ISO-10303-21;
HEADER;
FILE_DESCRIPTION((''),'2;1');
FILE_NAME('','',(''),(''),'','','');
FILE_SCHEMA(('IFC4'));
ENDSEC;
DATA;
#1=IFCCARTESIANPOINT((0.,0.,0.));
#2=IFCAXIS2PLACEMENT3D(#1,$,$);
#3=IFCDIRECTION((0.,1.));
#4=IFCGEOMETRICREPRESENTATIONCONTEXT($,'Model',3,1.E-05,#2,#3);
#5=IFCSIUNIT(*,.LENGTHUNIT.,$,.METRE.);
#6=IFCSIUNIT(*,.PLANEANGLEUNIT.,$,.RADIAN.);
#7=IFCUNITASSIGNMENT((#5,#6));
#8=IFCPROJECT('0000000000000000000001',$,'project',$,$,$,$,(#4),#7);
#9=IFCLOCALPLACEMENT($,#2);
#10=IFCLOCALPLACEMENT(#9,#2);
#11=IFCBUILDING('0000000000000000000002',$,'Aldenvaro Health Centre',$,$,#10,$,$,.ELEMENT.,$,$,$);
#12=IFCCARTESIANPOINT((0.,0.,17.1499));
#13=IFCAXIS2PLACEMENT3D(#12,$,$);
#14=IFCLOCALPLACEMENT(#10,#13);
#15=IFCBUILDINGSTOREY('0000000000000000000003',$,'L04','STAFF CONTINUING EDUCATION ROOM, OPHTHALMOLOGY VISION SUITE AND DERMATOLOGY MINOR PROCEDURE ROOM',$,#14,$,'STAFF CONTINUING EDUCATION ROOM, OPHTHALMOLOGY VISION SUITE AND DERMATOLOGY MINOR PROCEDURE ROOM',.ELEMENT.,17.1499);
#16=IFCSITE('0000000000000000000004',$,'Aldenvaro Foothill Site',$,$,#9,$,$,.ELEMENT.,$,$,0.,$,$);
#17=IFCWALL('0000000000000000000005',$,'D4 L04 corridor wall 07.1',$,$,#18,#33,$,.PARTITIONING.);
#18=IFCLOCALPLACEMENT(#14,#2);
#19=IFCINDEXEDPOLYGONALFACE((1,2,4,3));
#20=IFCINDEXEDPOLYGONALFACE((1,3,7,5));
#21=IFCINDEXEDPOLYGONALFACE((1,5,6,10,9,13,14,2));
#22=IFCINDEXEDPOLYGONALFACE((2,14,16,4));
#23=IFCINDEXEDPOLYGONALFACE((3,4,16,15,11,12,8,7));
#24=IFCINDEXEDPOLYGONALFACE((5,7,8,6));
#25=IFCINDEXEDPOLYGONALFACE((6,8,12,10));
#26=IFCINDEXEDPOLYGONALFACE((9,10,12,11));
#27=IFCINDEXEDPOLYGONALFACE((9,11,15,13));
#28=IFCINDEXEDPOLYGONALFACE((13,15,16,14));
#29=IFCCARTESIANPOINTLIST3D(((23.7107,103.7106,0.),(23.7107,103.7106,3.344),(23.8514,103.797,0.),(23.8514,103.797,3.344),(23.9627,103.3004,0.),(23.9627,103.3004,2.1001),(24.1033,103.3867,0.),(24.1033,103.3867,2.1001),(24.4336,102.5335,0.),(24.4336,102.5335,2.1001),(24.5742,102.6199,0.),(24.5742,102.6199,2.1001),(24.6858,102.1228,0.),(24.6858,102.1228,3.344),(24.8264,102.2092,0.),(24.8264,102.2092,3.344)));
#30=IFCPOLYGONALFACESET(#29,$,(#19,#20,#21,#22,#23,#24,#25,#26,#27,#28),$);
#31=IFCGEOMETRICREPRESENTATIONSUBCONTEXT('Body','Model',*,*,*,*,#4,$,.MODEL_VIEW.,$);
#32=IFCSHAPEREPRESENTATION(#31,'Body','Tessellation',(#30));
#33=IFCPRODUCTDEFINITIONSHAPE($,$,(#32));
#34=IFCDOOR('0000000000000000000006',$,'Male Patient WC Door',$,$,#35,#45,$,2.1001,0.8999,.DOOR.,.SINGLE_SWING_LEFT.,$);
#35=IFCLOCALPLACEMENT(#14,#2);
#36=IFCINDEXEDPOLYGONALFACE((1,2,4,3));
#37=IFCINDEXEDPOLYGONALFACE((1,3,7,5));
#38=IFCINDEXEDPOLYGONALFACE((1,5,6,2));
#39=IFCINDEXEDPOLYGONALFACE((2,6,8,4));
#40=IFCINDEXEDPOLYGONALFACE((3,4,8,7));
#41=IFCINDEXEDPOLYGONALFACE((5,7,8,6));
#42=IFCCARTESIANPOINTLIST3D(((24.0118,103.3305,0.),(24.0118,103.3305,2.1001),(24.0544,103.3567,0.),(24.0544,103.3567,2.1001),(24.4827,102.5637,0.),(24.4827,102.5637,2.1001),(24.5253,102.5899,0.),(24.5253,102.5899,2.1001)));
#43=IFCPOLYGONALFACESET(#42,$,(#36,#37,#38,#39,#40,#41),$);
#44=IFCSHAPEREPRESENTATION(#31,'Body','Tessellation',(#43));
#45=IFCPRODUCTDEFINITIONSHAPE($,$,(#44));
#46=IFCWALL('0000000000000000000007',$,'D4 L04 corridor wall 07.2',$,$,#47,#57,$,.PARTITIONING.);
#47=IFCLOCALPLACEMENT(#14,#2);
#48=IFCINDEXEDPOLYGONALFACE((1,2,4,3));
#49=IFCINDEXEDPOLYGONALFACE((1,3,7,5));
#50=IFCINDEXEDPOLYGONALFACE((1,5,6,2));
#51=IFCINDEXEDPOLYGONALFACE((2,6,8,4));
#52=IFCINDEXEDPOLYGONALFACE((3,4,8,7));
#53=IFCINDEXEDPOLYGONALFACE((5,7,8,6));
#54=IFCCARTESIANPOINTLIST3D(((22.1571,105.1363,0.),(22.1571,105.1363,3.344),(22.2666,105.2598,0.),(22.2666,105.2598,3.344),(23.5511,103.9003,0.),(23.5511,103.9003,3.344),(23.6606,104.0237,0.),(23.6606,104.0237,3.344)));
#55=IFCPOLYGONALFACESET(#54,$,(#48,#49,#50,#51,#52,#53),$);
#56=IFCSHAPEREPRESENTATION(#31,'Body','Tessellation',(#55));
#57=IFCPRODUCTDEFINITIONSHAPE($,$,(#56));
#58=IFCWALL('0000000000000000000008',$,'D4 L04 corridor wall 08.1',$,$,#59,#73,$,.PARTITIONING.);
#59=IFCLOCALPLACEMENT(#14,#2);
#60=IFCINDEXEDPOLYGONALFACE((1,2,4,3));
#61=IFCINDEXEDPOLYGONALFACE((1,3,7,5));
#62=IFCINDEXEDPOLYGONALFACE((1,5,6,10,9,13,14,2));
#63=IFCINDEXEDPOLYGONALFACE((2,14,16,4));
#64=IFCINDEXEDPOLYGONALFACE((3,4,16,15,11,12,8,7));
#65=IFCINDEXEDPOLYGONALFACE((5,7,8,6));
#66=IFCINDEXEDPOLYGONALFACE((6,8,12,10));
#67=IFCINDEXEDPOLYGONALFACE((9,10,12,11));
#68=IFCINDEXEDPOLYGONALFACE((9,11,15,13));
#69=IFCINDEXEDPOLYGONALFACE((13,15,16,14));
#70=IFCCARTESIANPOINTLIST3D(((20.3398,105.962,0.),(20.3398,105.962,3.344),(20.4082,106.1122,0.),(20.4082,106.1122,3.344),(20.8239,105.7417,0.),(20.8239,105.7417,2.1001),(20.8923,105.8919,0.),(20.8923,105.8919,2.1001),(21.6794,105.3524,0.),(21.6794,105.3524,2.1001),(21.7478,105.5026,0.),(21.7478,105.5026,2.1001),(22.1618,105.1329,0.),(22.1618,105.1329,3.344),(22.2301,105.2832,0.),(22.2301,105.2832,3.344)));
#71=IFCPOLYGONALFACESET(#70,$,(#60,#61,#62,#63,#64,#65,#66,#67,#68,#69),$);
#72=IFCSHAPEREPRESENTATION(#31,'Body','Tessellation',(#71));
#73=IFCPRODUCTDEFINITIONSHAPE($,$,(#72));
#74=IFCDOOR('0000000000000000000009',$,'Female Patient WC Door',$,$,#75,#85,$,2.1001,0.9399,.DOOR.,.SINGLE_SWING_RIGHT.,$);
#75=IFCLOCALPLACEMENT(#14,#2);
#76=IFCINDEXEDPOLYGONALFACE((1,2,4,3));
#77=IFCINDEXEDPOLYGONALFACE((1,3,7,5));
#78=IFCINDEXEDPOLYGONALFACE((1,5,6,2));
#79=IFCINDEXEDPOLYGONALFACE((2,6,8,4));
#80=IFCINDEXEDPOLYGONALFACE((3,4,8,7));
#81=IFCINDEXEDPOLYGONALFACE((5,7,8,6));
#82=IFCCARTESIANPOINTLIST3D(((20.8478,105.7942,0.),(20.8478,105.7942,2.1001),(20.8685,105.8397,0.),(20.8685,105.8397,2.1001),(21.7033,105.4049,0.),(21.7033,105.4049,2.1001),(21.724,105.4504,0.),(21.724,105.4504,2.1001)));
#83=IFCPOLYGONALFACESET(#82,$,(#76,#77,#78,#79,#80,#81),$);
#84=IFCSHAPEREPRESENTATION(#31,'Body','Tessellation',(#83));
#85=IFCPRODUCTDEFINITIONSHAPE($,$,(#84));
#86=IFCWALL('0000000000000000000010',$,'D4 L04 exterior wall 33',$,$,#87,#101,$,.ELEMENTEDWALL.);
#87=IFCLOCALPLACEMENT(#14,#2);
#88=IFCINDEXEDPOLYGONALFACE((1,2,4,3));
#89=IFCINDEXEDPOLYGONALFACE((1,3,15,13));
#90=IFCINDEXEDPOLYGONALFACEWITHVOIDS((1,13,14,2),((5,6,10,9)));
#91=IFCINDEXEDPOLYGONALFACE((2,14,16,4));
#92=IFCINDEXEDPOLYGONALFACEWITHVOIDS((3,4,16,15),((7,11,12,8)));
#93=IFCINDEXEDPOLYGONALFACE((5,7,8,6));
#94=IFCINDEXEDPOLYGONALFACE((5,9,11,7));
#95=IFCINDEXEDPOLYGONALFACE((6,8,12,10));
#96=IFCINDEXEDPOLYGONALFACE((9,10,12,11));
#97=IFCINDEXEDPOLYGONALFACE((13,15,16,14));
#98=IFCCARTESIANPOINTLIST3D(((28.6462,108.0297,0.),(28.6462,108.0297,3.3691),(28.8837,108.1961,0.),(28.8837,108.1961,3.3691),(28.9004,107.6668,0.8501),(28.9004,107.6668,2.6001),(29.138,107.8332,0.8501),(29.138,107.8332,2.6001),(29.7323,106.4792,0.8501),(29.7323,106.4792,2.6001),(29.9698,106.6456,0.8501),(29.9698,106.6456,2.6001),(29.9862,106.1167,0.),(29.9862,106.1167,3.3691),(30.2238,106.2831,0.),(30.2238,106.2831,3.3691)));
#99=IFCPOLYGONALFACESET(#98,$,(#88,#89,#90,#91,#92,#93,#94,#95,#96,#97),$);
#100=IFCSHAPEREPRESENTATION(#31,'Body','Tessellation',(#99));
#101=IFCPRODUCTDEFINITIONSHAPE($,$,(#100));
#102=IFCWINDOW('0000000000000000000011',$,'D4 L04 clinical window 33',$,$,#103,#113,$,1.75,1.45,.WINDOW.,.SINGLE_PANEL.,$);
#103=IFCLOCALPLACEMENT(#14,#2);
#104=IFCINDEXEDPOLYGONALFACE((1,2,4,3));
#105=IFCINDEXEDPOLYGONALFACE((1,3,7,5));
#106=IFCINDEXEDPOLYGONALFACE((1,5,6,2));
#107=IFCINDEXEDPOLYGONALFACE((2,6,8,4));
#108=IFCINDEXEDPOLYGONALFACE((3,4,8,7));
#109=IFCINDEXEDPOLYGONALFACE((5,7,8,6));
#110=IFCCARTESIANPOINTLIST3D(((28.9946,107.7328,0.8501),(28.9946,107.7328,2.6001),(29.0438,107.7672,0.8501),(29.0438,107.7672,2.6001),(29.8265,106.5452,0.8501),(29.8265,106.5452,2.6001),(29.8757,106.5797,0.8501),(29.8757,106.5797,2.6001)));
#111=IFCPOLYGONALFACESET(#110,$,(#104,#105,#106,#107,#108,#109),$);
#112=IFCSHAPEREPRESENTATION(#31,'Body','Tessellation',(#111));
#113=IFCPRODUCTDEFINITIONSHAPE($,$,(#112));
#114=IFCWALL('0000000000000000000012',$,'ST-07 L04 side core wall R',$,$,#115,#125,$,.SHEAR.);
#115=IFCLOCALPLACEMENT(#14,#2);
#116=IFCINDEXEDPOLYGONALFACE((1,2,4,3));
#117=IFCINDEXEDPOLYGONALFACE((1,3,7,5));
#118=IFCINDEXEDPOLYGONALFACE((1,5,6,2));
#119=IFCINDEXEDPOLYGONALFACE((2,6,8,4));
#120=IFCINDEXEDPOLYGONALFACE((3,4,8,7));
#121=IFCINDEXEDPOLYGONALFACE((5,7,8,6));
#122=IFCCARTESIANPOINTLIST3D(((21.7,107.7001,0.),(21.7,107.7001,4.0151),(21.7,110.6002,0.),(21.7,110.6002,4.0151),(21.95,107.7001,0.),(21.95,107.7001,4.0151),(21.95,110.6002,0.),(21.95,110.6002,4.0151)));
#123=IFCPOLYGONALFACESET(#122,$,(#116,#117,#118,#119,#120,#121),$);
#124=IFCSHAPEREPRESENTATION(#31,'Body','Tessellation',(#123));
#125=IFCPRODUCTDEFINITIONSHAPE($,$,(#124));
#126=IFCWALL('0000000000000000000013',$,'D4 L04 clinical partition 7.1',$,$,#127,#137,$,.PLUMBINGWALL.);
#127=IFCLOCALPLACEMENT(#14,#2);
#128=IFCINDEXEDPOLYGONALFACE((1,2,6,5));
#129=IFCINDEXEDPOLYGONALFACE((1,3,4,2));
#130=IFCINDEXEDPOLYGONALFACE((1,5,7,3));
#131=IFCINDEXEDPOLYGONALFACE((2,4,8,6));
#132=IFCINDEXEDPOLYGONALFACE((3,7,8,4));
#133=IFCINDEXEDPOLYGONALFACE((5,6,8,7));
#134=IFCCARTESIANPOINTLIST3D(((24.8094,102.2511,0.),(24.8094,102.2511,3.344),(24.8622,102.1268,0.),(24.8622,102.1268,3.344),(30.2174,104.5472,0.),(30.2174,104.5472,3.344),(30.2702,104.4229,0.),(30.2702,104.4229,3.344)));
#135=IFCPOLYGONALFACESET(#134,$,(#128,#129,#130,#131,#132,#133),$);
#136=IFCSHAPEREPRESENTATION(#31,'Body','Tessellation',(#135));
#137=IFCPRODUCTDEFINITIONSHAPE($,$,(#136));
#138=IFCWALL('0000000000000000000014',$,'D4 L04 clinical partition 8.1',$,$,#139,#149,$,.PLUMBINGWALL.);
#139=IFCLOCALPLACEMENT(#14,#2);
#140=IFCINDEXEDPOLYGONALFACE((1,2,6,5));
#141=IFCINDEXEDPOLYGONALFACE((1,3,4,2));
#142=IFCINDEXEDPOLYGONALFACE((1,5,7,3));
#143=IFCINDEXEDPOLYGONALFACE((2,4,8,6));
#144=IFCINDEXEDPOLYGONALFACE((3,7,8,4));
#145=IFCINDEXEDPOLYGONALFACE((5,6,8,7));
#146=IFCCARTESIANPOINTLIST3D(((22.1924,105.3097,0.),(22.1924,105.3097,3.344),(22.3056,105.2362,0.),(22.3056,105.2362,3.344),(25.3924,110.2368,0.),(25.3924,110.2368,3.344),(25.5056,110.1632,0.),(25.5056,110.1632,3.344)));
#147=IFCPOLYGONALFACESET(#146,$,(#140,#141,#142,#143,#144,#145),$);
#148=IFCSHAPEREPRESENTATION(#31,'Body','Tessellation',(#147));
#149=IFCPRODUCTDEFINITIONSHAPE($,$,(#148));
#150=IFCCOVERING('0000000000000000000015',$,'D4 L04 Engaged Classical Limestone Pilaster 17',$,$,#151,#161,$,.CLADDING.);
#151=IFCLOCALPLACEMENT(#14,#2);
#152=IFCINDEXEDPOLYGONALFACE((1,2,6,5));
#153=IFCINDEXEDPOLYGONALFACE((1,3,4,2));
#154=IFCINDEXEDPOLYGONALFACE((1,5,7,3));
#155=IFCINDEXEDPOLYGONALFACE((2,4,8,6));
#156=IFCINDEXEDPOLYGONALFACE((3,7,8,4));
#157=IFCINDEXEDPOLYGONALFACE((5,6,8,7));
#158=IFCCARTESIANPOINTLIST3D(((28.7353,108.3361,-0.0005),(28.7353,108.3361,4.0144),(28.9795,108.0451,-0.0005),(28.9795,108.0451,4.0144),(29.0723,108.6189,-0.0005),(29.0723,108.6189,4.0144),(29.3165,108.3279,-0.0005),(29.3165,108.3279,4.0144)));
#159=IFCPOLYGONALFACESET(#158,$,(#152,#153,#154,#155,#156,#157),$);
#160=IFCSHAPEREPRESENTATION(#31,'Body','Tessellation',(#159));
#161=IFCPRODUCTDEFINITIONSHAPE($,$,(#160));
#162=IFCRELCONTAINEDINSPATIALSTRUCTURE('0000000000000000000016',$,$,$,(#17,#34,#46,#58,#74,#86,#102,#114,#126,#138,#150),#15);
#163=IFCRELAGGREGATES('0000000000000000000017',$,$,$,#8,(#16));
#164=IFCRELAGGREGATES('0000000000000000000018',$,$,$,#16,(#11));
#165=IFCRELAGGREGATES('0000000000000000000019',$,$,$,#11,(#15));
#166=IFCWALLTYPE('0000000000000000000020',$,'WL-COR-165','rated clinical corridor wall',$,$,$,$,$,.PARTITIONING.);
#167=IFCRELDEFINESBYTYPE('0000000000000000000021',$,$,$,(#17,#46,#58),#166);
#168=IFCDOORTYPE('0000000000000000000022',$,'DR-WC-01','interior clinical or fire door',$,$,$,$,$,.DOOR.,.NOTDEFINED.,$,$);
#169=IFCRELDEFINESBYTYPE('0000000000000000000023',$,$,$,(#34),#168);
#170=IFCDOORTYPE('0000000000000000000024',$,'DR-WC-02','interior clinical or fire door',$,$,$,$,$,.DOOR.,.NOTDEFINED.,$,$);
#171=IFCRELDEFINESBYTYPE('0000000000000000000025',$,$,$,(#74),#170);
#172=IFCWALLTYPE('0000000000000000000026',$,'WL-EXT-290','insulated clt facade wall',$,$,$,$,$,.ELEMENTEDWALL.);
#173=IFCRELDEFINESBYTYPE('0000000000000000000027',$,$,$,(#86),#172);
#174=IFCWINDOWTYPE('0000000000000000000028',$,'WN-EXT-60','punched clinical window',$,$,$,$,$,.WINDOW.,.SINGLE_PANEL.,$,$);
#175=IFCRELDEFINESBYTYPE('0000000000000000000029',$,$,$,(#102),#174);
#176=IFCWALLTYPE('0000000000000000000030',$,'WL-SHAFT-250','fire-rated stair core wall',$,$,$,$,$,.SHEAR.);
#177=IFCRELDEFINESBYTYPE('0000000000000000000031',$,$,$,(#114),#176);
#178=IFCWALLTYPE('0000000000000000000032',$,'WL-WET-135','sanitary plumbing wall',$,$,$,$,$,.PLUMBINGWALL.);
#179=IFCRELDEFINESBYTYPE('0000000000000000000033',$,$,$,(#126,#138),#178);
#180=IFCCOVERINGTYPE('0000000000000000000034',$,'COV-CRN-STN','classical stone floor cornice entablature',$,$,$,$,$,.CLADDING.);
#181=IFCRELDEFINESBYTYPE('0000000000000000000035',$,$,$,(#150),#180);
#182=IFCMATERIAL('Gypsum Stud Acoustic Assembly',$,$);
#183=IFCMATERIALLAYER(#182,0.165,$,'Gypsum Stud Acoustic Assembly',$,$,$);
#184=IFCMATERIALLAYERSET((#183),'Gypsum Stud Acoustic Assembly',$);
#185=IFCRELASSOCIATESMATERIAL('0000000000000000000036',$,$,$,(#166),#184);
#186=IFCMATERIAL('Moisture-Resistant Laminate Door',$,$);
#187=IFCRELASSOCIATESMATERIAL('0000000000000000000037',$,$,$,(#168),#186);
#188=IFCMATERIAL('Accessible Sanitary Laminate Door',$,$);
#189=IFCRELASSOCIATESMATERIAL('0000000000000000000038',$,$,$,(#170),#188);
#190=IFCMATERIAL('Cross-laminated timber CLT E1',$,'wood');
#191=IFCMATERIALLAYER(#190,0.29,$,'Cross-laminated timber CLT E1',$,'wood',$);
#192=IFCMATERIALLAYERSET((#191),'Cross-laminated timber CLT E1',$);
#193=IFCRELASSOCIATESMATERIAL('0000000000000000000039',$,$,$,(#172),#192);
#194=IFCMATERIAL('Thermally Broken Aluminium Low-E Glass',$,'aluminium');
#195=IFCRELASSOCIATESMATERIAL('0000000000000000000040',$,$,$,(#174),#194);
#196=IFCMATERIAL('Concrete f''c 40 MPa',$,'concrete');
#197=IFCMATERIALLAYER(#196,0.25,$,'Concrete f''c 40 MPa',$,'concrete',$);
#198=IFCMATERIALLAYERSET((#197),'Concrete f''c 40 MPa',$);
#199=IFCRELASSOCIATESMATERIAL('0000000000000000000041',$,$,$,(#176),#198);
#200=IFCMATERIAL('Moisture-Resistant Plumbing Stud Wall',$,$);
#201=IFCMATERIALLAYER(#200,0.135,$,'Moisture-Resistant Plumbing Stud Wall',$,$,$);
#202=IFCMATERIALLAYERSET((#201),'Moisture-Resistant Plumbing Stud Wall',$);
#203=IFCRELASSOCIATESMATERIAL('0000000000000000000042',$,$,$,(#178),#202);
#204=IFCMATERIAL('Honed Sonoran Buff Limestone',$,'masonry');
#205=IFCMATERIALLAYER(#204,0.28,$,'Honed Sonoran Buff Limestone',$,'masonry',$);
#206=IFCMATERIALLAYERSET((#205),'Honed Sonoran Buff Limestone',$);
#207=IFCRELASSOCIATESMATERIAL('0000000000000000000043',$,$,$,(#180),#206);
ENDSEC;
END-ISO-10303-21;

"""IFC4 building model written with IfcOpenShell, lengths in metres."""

from ifc_helpers import new_model, si_unit, direction, frame, frame_2d, origin, origin_2d, place, context, subcontext, project, spatial, rectangle, extrude, material, layer, layer_set, type_object, element, fill, save


model = new_model("IFC4")

# Units and contexts
model_context = context("Model", 3, precision=1e-05, world=origin(), true_north=direction((0.0, 1.0)))
body_context = subcontext(model_context, "Body", "Model", "MODEL_VIEW")
ifc_project = project(units=[si_unit("LENGTHUNIT", "METRE"), si_unit("PLANEANGLEUNIT", "RADIAN")], contexts=[model_context])

# Site, building, storey
site_placement = place(None, origin())
site = spatial("IfcSite", under=ifc_project, at=site_placement, Name="Aldenvaro Foothill Site", CompositionType="ELEMENT", RefElevation=0.0)
building_placement = place(site_placement, origin())
building = spatial("IfcBuilding", under=site, at=building_placement, Name="Aldenvaro Health Centre", CompositionType="ELEMENT")
storey_placement = place(building_placement, frame((0.0, 0.0, 17.1499)))
storey = spatial("IfcBuildingStorey", under=building, at=storey_placement, Name="L04", Description="STAFF CONTINUING EDUCATION ROOM, OPHTHALMOLOGY VISION SUITE AND DERMATOLOGY MINOR PROCEDURE ROOM", LongName="STAFF CONTINUING EDUCATION ROOM, OPHTHALMOLOGY VISION SUITE AND DERMATOLOGY MINOR PROCEDURE ROOM", CompositionType="ELEMENT", Elevation=17.1499)

# Shared definitions
ifc_material_1 = material(Name="Gypsum Stud Acoustic Assembly")
ifc_layer_1 = layer(ifc_material_1, 0.165, Name="Gypsum Stud Acoustic Assembly")
ifc_layer_set_1 = layer_set([ifc_layer_1], Name="Gypsum Stud Acoustic Assembly")
wall_type_1 = type_object("IfcWallType", Name="WL-COR-165", Description="rated clinical corridor wall", PredefinedType="PARTITIONING", material=ifc_layer_set_1)

# Wall, opening, door
wall_1_placement = place(storey_placement, frame((24.7561, 102.166, 0.0), z_axis=(0.0, 0.0, 1.0), x_axis=(-0.523293, 0.852153, 0.0)))
wall_1 = element("IfcWall", 1, at=wall_1_placement, inside=storey, type_object=wall_type_1, Name="D4 L04 corridor wall 07.1", PredefinedType="PARTITIONING", context=body_context, shape_type="SweptSolid", body=[
    extrude(rectangle(XDim=1.8633, YDim=0.165, at=frame_2d((0.9316, 0.0))), origin(), (0.0, 0.0, 1.0), 3.344),
])
opening_1_placement = place(wall_1_placement, frame((0.4819, 0.0, 0.0)))
opening_1 = element("IfcOpeningElement", 2, at=opening_1_placement, cuts=wall_1, PredefinedType="OPENING", context=body_context, shape_type="SweptSolid", body=[
    extrude(rectangle(XDim=0.8999, YDim=2.1001, at=frame_2d((0.45, 1.05))), frame((0.0, 0.0925, 0.0), z_axis=(0.0, -1.0, 0.0), x_axis=(1.0, 0.0, 0.0)), (0.0, 0.0, 1.0), 0.1851),
])
ifc_material_2 = material(Name="Moisture-Resistant Laminate Door")
door_type_1 = type_object("IfcDoorType", Name="DR-WC-01", Description="interior clinical or fire door", OperationType="NOTDEFINED", PredefinedType="DOOR", material=ifc_material_2)
door_1_placement = place(opening_1_placement, origin())
door_1 = element("IfcDoor", 3, at=door_1_placement, inside=storey, type_object=door_type_1, Name="Male Patient WC Door", OperationType="SINGLE_SWING_LEFT", OverallHeight=2.1001, OverallWidth=0.8999, PredefinedType="DOOR", context=body_context, shape_type="SweptSolid", body=[
    extrude(rectangle(XDim=0.8999, YDim=2.1001, at=frame_2d((0.45, 1.05))), frame((0.0, 0.0249, 0.0), z_axis=(0.0, -1.0, 0.0), x_axis=(1.0, 0.0, 0.0)), (0.0, 0.0, 1.0), 0.05),
])
fill(opening_1, door_1)

# Wall
wall_2_placement = place(storey_placement, frame((23.606, 103.9619, 0.0), z_axis=(0.0, 0.0, 1.0), x_axis=(-0.748226, 0.663444, 0.0)))
element("IfcWall", 4, at=wall_2_placement, inside=storey, type_object=wall_type_1, Name="D4 L04 corridor wall 07.2", PredefinedType="PARTITIONING", context=body_context, shape_type="SweptSolid", body=[
    extrude(rectangle(XDim=1.863, YDim=0.165, at=frame_2d((0.9316, 0.0))), origin(), (0.0, 0.0, 1.0), 3.344),
])

# Wall, opening, door
wall_3_placement = place(storey_placement, frame((22.196, 105.208, 0.0), z_axis=(0.0, 0.0, 1.0), x_axis=(-0.910195, 0.41418, 0.0)))
wall_3 = element("IfcWall", 5, at=wall_3_placement, inside=storey, type_object=wall_type_1, Name="D4 L04 corridor wall 08.1", PredefinedType="PARTITIONING", context=body_context, shape_type="SweptSolid", body=[
    extrude(rectangle(XDim=2.0017, YDim=0.165, at=frame_2d((1.001, 0.0))), origin(), (0.0, 0.0, 1.0), 3.344),
])
opening_2_placement = place(wall_3_placement, frame((0.53, 0.0, 0.0)))
opening_2 = element("IfcOpeningElement", 6, at=opening_2_placement, cuts=wall_3, PredefinedType="OPENING", context=body_context, shape_type="SweptSolid", body=[
    extrude(rectangle(XDim=0.9399, YDim=2.1001, at=frame_2d((0.47, 1.05))), frame((0.0, 0.0925, 0.0), z_axis=(0.0, -1.0, 0.0), x_axis=(1.0, 0.0, 0.0)), (0.0, 0.0, 1.0), 0.1851),
])
ifc_material_3 = material(Name="Accessible Sanitary Laminate Door")
door_type_2 = type_object("IfcDoorType", Name="DR-WC-02", Description="interior clinical or fire door", OperationType="NOTDEFINED", PredefinedType="DOOR", material=ifc_material_3)
door_2_placement = place(opening_2_placement, origin())
door_2 = element("IfcDoor", 7, at=door_2_placement, inside=storey, type_object=door_type_2, Name="Female Patient WC Door", OperationType="SINGLE_SWING_RIGHT", OverallHeight=2.1001, OverallWidth=0.9399, PredefinedType="DOOR", context=body_context, shape_type="SweptSolid", body=[
    extrude(rectangle(XDim=0.9399, YDim=2.1001, at=frame_2d((0.47, 1.05))), frame((0.0, 0.0249, 0.0), z_axis=(0.0, -1.0, 0.0), x_axis=(1.0, 0.0, 0.0)), (0.0, 0.0, 1.0), 0.05),
])
fill(opening_2, door_2)

# Wall, opening, window
ifc_material_4 = material(Name="Cross-laminated timber CLT E1", Category="wood")
ifc_layer_2 = layer(ifc_material_4, 0.29, Name="Cross-laminated timber CLT E1", Category="wood")
ifc_layer_set_2 = layer_set([ifc_layer_2], Name="Cross-laminated timber CLT E1")
wall_type_2 = type_object("IfcWallType", Name="WL-EXT-290", Description="insulated clt facade wall", PredefinedType="ELEMENTEDWALL", material=ifc_layer_set_2)
wall_4_placement = place(storey_placement, frame((28.7649, 108.113, 0.0), z_axis=(0.0, 0.0, 1.0), x_axis=(0.573729, -0.819045, 0.0)))
wall_4 = element("IfcWall", 8, at=wall_4_placement, inside=storey, type_object=wall_type_2, Name="D4 L04 exterior wall 33", PredefinedType="ELEMENTEDWALL", context=body_context, shape_type="SweptSolid", body=[
    extrude(rectangle(XDim=2.3357, YDim=0.29, at=frame_2d((1.168, 0.0))), origin(), (0.0, 0.0, 1.0), 3.3691),
])
opening_3_placement = place(wall_4_placement, frame((0.4431, 0.0, 0.8501)))
opening_3 = element("IfcOpeningElement", 9, at=opening_3_placement, cuts=wall_4, PredefinedType="OPENING", context=body_context, shape_type="SweptSolid", body=[
    extrude(rectangle(XDim=1.45, YDim=1.75, at=frame_2d((0.7251, 0.875))), frame((0.0, 0.155, 0.0), z_axis=(0.0, -1.0, 0.0), x_axis=(1.0, 0.0, 0.0)), (0.0, 0.0, 1.0), 0.3101),
])
ifc_material_5 = material(Name="Thermally Broken Aluminium Low-E Glass", Category="aluminium")
window_type = type_object("IfcWindowType", Name="WN-EXT-60", Description="punched clinical window", PartitioningType="SINGLE_PANEL", PredefinedType="WINDOW", material=ifc_material_5)
window_placement = place(opening_3_placement, origin())
window = element("IfcWindow", 10, at=window_placement, inside=storey, type_object=window_type, Name="D4 L04 clinical window 33", OverallHeight=1.75, OverallWidth=1.45, PartitioningType="SINGLE_PANEL", PredefinedType="WINDOW", context=body_context, shape_type="SweptSolid", body=[
    extrude(rectangle(XDim=1.45, YDim=1.75, at=frame_2d((0.7251, 0.875))), frame((0.0, 0.03, 0.0), z_axis=(0.0, -1.0, 0.0), x_axis=(1.0, 0.0, 0.0)), (0.0, 0.0, 1.0), 0.0601),
])
fill(opening_3, window)

# Walls
ifc_material_6 = material(Name="Concrete f'c 40 MPa", Category="concrete")
ifc_layer_3 = layer(ifc_material_6, 0.25, Name="Concrete f'c 40 MPa", Category="concrete")
ifc_layer_set_3 = layer_set([ifc_layer_3], Name="Concrete f'c 40 MPa")
wall_type_3 = type_object("IfcWallType", Name="WL-SHAFT-250", Description="fire-rated stair core wall", PredefinedType="SHEAR", material=ifc_layer_set_3)
wall_5_placement = place(storey_placement, frame((21.825, 107.7, 0.0), z_axis=(0.0, 0.0, 1.0), x_axis=(0.0, 1.0, 0.0)))
element("IfcWall", 11, at=wall_5_placement, inside=storey, type_object=wall_type_3, Name="ST-07 L04 side core wall R", PredefinedType="SHEAR", context=body_context, shape_type="SweptSolid", body=[
    extrude(rectangle(XDim=2.9001, YDim=0.25, at=frame_2d((1.4502, 0.0))), origin(), (0.0, 0.0, 1.0), 4.0151),
])
ifc_material_7 = material(Name="Moisture-Resistant Plumbing Stud Wall")
ifc_layer_4 = layer(ifc_material_7, 0.135, Name="Moisture-Resistant Plumbing Stud Wall")
ifc_layer_set_4 = layer_set([ifc_layer_4], Name="Moisture-Resistant Plumbing Stud Wall")
wall_type_4 = type_object("IfcWallType", Name="WL-WET-135", Description="sanitary plumbing wall", PredefinedType="PLUMBINGWALL", material=ifc_layer_set_4)
wall_6_placement = place(storey_placement, frame((24.8359, 102.189, 0.0), z_axis=(0.0, 0.0, 1.0), x_axis=(0.920468, 0.390818, 0.0)))
element("IfcWall", 12, at=wall_6_placement, inside=storey, type_object=wall_type_4, Name="D4 L04 clinical partition 7.1", PredefinedType="PLUMBINGWALL", context=body_context, shape_type="SweptSolid", body=[
    extrude(rectangle(XDim=5.8752, YDim=0.135, at=frame_2d((2.9375, 0.0))), origin(), (0.0, 0.0, 1.0), 3.344),
])
wall_7_placement = place(storey_placement, frame((22.249, 105.2729, 0.0), z_axis=(0.0, 0.0, 1.0), x_axis=(0.544677, 0.838646, 0.0)))
element("IfcWall", 13, at=wall_7_placement, inside=storey, type_object=wall_type_4, Name="D4 L04 clinical partition 8.1", PredefinedType="PLUMBINGWALL", context=body_context, shape_type="SweptSolid", body=[
    extrude(rectangle(XDim=5.875, YDim=0.135, at=frame_2d((2.9375, 0.0))), origin(), (0.0, 0.0, 1.0), 3.344),
])

# Covering
ifc_material_8 = material(Name="Honed Sonoran Buff Limestone", Category="masonry")
ifc_layer_5 = layer(ifc_material_8, 0.28, Name="Honed Sonoran Buff Limestone", Category="masonry")
ifc_layer_set_5 = layer_set([ifc_layer_5], Name="Honed Sonoran Buff Limestone")
covering_type = type_object("IfcCoveringType", Name="COV-CRN-STN", Description="classical stone floor cornice entablature", PredefinedType="CLADDING", material=ifc_layer_set_5)
covering_placement = place(storey_placement, frame((29.0259, 108.332, -0.0005), z_axis=(0.0, 0.0, 1.0), x_axis=(0.766058, 0.642772, 0.0)))
element("IfcCovering", 14, at=covering_placement, inside=storey, type_object=covering_type, Name="D4 L04 Engaged Classical Limestone Pilaster 17", PredefinedType="CLADDING", context=body_context, shape_type="SweptSolid", body=[
    extrude(rectangle(XDim=0.4399, YDim=0.3799, at=origin_2d()), origin(), (0.0, 0.0, 1.0), 4.0149),
])

save(model, "model.ifc")
